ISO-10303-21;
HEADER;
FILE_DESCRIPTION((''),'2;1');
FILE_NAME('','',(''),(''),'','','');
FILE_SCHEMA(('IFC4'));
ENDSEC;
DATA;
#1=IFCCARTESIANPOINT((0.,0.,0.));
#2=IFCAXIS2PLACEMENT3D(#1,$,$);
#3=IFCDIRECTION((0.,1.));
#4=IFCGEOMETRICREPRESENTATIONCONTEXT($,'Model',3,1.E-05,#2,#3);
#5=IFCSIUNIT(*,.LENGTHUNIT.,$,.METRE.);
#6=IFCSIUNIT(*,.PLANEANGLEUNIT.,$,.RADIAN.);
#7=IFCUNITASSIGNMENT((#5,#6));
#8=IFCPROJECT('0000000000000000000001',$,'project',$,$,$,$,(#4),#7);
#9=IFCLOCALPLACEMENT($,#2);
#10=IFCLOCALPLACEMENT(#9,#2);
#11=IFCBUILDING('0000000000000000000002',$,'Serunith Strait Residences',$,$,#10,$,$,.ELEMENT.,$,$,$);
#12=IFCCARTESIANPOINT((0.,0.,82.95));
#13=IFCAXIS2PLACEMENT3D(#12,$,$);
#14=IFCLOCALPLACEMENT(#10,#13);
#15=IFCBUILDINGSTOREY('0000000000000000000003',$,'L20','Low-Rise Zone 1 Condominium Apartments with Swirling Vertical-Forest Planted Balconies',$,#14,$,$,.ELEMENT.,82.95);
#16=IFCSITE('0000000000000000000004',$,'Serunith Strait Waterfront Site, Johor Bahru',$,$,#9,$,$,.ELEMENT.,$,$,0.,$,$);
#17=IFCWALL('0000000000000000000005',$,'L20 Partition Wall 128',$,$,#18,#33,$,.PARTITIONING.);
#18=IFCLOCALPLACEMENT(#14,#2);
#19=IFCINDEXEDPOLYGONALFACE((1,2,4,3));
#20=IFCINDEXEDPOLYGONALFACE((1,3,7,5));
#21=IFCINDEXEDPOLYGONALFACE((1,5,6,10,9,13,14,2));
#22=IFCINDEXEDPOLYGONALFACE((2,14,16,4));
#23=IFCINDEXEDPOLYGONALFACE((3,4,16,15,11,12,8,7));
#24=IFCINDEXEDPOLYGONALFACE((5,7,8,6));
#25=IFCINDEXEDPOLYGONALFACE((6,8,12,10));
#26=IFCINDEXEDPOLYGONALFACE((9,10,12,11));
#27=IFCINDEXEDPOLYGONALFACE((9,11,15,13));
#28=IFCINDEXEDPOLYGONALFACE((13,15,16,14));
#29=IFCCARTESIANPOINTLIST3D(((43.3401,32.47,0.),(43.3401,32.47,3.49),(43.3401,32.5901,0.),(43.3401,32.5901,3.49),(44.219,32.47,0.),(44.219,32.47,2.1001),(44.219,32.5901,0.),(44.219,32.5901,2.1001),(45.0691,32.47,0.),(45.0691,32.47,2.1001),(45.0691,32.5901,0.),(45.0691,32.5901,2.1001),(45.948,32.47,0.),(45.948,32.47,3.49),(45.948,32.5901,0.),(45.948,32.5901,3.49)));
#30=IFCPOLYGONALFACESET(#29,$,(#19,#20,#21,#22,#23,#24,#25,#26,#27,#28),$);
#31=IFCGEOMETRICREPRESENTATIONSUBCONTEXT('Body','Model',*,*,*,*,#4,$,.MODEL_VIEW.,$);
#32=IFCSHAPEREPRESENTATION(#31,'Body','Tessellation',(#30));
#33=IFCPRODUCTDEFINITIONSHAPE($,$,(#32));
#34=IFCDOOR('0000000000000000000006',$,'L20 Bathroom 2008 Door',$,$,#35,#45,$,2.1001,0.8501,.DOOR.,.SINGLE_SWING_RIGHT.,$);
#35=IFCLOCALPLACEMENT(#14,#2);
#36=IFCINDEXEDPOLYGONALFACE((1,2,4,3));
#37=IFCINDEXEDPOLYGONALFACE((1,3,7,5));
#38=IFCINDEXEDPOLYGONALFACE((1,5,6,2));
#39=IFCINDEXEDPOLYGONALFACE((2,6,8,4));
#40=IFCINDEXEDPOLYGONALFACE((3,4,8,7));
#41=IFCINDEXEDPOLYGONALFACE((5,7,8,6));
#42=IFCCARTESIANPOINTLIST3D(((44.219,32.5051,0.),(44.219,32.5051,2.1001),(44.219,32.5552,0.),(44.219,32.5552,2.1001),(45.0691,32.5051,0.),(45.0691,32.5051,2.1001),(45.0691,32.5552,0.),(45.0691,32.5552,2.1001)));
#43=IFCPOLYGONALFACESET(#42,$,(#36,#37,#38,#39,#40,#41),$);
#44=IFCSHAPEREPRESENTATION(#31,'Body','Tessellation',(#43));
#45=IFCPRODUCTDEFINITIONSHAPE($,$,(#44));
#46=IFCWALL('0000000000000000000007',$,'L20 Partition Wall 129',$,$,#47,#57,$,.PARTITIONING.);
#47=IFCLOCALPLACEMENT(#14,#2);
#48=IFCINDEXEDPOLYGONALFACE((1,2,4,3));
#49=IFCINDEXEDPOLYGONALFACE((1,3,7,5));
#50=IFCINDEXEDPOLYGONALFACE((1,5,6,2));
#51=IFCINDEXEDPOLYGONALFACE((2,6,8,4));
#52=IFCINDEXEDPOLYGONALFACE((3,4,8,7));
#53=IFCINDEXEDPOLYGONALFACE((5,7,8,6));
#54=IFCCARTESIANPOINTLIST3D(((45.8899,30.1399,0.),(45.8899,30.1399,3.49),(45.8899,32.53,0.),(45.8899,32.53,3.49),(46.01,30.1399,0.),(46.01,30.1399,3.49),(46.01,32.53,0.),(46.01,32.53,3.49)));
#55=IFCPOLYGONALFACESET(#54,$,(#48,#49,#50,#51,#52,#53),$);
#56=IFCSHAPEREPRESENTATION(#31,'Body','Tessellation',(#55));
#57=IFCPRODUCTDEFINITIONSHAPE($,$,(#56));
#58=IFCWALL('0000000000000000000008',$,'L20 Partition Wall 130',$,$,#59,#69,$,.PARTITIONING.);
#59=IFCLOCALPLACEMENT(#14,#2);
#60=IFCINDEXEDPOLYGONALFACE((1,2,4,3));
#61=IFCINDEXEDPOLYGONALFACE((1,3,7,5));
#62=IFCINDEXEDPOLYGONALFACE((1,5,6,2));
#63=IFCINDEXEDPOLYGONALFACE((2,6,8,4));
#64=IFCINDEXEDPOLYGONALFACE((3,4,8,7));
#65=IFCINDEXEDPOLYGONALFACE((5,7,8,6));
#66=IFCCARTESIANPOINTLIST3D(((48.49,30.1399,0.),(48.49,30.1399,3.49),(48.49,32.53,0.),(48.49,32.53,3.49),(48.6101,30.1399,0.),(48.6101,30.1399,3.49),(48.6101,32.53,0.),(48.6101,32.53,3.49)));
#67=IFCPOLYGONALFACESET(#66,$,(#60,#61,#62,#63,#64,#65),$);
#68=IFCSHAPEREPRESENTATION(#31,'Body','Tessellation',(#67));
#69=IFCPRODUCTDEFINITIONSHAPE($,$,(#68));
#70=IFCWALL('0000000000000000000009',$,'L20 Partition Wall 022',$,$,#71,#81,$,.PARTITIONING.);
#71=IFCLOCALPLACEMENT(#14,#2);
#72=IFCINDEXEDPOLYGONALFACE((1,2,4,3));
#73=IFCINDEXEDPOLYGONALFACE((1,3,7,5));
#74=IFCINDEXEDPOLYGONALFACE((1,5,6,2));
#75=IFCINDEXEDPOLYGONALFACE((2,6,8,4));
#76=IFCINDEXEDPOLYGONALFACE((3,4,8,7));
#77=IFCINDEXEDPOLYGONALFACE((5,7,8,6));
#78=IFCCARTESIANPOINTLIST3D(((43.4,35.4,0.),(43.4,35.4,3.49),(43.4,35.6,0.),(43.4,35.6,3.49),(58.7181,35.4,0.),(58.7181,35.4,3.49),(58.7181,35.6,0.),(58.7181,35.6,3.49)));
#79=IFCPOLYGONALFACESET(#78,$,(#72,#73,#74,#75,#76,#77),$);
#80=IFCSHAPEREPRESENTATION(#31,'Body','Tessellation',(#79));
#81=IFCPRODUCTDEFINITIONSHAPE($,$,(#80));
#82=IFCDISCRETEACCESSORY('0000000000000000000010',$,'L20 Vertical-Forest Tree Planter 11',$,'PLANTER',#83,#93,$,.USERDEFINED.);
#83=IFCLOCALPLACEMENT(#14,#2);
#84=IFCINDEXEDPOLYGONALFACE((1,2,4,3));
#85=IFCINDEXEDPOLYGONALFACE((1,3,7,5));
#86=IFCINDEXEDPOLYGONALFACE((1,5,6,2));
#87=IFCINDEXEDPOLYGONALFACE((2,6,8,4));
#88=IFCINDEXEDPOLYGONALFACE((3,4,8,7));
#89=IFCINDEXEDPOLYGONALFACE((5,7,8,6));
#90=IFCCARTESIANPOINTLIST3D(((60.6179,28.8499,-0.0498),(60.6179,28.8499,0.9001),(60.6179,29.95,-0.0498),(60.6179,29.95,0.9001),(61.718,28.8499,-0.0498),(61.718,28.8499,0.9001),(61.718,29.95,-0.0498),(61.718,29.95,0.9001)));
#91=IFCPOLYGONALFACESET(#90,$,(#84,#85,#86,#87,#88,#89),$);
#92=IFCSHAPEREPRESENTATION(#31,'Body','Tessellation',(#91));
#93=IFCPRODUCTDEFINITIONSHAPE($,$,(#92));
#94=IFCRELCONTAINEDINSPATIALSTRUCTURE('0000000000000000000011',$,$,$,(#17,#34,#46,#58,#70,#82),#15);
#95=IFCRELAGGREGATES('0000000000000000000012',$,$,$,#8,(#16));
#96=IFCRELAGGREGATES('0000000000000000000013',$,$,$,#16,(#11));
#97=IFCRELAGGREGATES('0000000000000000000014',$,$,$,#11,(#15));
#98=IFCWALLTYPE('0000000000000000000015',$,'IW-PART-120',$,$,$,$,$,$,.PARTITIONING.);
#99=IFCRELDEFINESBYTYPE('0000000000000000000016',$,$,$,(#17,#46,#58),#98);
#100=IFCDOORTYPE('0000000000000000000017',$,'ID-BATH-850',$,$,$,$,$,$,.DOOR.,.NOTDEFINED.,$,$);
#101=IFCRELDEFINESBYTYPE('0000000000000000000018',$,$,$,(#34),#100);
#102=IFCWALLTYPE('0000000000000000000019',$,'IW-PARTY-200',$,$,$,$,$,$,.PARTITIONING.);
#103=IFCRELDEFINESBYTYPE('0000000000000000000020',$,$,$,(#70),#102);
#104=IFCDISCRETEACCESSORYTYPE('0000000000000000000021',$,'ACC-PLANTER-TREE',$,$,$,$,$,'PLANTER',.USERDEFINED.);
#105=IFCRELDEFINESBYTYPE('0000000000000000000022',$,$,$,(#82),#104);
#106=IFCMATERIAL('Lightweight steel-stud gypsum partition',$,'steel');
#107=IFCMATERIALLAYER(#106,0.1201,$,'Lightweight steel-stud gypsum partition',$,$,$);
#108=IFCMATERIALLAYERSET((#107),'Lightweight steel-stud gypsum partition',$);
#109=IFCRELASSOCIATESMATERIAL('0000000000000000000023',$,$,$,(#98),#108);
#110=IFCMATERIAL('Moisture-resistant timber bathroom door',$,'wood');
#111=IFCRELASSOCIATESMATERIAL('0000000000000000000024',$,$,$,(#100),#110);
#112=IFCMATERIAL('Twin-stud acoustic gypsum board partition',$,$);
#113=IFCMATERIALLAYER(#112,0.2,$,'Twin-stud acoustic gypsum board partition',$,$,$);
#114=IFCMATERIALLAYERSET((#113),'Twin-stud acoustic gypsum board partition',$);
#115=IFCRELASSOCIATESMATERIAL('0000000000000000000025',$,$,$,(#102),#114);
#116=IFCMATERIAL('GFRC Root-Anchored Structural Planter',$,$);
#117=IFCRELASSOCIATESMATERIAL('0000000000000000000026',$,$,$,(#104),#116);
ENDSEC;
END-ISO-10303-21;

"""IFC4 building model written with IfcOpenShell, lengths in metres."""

from ifc_helpers import new_model, si_unit, direction, frame, frame_2d, origin, origin_2d, place, context, subcontext, project, spatial, rectangle, extrude, source, transform, mapped, material, layer, layer_set, type_object, element, fill, save


model = new_model("IFC4")

# Units and contexts
model_context = context("Model", 3, precision=1e-05, world=origin(), true_north=direction((0.0, 1.0)))
body_context = subcontext(model_context, "Body", "Model", "MODEL_VIEW")
ifc_project = project(units=[si_unit("LENGTHUNIT", "METRE"), si_unit("PLANEANGLEUNIT", "RADIAN")], contexts=[model_context])

# Site, building, storey
site_placement = place(None, origin())
site = spatial("IfcSite", under=ifc_project, at=site_placement, Name="Serunith Strait Waterfront Site, Johor Bahru", CompositionType="ELEMENT", RefElevation=0.0)
building_placement = place(site_placement, origin())
building = spatial("IfcBuilding", under=site, at=building_placement, Name="Serunith Strait Residences", CompositionType="ELEMENT")
storey_placement = place(building_placement, frame((0.0, 0.0, 82.95)))
storey = spatial("IfcBuildingStorey", under=building, at=storey_placement, Name="L20", Description="Low-Rise Zone 1 Condominium Apartments with Swirling Vertical-Forest Planted Balconies", CompositionType="ELEMENT", Elevation=82.95)

# Shared definitions
ifc_material_1 = material(Name="Lightweight steel-stud gypsum partition", Category="steel")
ifc_layer_1 = layer(ifc_material_1, 0.1201, Name="Lightweight steel-stud gypsum partition")
ifc_layer_set_1 = layer_set([ifc_layer_1], Name="Lightweight steel-stud gypsum partition")
wall_type_1 = type_object("IfcWallType", Name="IW-PART-120", PredefinedType="PARTITIONING", material=ifc_layer_set_1)
shared_shape_1 = source(origin(), body_context, "Body", "SweptSolid", [
    extrude(rectangle(XDim=0.8501, YDim=2.1001, at=frame_2d((0.425, 1.05))), frame((0.0, 0.0249, 0.0), z_axis=(0.0, -1.0, 0.0), x_axis=(1.0, 0.0, 0.0)), (0.0, 0.0, 1.0), 0.05),
])

# Wall, opening, door
wall_1_placement = place(storey_placement, frame((45.948, 32.53, 0.0), z_axis=(0.0, 0.0, 1.0), x_axis=(-1.0, 0.0, 0.0)))
wall_1 = element("IfcWall", 1, at=wall_1_placement, inside=storey, type_object=wall_type_1, Name="L20 Partition Wall 128", PredefinedType="PARTITIONING", context=body_context, shape_type="SweptSolid", body=[
    extrude(rectangle(XDim=2.6079, YDim=0.1201, at=frame_2d((1.304, 0.0))), origin(), (0.0, 0.0, 1.0), 3.49),
])
opening_1_placement = place(wall_1_placement, frame((0.8789, 0.0, 0.0)))
opening_1 = element("IfcOpeningElement", 2, at=opening_1_placement, cuts=wall_1, PredefinedType="OPENING", context=body_context, shape_type="SweptSolid", body=[
    extrude(rectangle(XDim=0.8501, YDim=2.1001, at=frame_2d((0.425, 1.05))), frame((0.0, 0.0701, 0.0), z_axis=(0.0, -1.0, 0.0), x_axis=(1.0, 0.0, 0.0)), (0.0, 0.0, 1.0), 0.1401),
])
ifc_material_2 = material(Name="Moisture-resistant timber bathroom door", Category="wood")
door_type_1 = type_object("IfcDoorType", Name="ID-BATH-850", OperationType="NOTDEFINED", PredefinedType="DOOR", material=ifc_material_2)
door_1_placement = place(opening_1_placement, origin())
door_1 = element("IfcDoor", 3, at=door_1_placement, inside=storey, type_object=door_type_1, Name="L20 Bathroom 2008 Door", OperationType="SINGLE_SWING_RIGHT", OverallHeight=2.1001, OverallWidth=0.8501, PredefinedType="DOOR", context=body_context, shape_type="MappedRepresentation", body=[
    mapped(shared_shape_1, transform((0.0, 0.0, 0.0), scale=1.0)),
])
fill(opening_1, door_1)

# Walls
for number, where, z_axis, x_axis, name in (
    (4, (45.95, 30.1399, 0.0), (0.0, 0.0, 1.0), (0.0, 1.0, 0.0), "L20 Partition Wall 129"),
    (5, (48.55, 30.1399, 0.0), (0.0, 0.0, 1.0), (0.0, 1.0, 0.0), "L20 Partition Wall 130"),
):
    element("IfcWall", number, at=place(storey_placement, frame(where, z_axis=z_axis, x_axis=x_axis)), inside=storey, type_object=wall_type_1, Name=name, PredefinedType="PARTITIONING", context=body_context, shape_type="SweptSolid", body=[
        extrude(rectangle(XDim=2.3901, YDim=0.1201, at=frame_2d((1.1951, 0.0))), origin(), (0.0, 0.0, 1.0), 3.49),
    ])
ifc_material_3 = material(Name="Twin-stud acoustic gypsum board partition")
ifc_layer_2 = layer(ifc_material_3, 0.2, Name="Twin-stud acoustic gypsum board partition")
ifc_layer_set_2 = layer_set([ifc_layer_2], Name="Twin-stud acoustic gypsum board partition")
wall_type_2 = type_object("IfcWallType", Name="IW-PARTY-200", PredefinedType="PARTITIONING", material=ifc_layer_set_2)
wall_2_placement = place(storey_placement, frame((43.3999, 35.5, 0.0), z_axis=(0.0, 0.0, 1.0), x_axis=(1.0, 0.0, 0.0)))
element("IfcWall", 6, at=wall_2_placement, inside=storey, type_object=wall_type_2, Name="L20 Partition Wall 022", PredefinedType="PARTITIONING", context=body_context, shape_type="SweptSolid", body=[
    extrude(rectangle(XDim=15.3181, YDim=0.2, at=frame_2d((7.6592, 0.0))), origin(), (0.0, 0.0, 1.0), 3.49),
])

# Discrete accessory
ifc_material_4 = material(Name="GFRC Root-Anchored Structural Planter")
discrete_accessory_type = type_object("IfcDiscreteAccessoryType", Name="ACC-PLANTER-TREE", ElementType="PLANTER", PredefinedType="USERDEFINED", material=ifc_material_4)
shared_shape_2 = source(origin(), body_context, "Body", "SweptSolid", [
    extrude(rectangle(XDim=1.1001, YDim=1.1001, at=origin_2d()), origin(), (0.0, 0.0, 1.0), 0.95),
])
discrete_accessory_placement = place(storey_placement, frame((61.168, 29.3999, -0.0498), z_axis=(0.0, 0.0, 1.0), x_axis=(0.0, 1.0, 0.0)))
element("IfcDiscreteAccessory", 7, at=discrete_accessory_placement, inside=storey, type_object=discrete_accessory_type, Name="L20 Vertical-Forest Tree Planter 11", ObjectType="PLANTER", PredefinedType="USERDEFINED", context=body_context, shape_type="MappedRepresentation", body=[
    mapped(shared_shape_2, transform((0.0, 0.0, 0.0), scale=1.0)),
])

save(model, "model.ifc")
